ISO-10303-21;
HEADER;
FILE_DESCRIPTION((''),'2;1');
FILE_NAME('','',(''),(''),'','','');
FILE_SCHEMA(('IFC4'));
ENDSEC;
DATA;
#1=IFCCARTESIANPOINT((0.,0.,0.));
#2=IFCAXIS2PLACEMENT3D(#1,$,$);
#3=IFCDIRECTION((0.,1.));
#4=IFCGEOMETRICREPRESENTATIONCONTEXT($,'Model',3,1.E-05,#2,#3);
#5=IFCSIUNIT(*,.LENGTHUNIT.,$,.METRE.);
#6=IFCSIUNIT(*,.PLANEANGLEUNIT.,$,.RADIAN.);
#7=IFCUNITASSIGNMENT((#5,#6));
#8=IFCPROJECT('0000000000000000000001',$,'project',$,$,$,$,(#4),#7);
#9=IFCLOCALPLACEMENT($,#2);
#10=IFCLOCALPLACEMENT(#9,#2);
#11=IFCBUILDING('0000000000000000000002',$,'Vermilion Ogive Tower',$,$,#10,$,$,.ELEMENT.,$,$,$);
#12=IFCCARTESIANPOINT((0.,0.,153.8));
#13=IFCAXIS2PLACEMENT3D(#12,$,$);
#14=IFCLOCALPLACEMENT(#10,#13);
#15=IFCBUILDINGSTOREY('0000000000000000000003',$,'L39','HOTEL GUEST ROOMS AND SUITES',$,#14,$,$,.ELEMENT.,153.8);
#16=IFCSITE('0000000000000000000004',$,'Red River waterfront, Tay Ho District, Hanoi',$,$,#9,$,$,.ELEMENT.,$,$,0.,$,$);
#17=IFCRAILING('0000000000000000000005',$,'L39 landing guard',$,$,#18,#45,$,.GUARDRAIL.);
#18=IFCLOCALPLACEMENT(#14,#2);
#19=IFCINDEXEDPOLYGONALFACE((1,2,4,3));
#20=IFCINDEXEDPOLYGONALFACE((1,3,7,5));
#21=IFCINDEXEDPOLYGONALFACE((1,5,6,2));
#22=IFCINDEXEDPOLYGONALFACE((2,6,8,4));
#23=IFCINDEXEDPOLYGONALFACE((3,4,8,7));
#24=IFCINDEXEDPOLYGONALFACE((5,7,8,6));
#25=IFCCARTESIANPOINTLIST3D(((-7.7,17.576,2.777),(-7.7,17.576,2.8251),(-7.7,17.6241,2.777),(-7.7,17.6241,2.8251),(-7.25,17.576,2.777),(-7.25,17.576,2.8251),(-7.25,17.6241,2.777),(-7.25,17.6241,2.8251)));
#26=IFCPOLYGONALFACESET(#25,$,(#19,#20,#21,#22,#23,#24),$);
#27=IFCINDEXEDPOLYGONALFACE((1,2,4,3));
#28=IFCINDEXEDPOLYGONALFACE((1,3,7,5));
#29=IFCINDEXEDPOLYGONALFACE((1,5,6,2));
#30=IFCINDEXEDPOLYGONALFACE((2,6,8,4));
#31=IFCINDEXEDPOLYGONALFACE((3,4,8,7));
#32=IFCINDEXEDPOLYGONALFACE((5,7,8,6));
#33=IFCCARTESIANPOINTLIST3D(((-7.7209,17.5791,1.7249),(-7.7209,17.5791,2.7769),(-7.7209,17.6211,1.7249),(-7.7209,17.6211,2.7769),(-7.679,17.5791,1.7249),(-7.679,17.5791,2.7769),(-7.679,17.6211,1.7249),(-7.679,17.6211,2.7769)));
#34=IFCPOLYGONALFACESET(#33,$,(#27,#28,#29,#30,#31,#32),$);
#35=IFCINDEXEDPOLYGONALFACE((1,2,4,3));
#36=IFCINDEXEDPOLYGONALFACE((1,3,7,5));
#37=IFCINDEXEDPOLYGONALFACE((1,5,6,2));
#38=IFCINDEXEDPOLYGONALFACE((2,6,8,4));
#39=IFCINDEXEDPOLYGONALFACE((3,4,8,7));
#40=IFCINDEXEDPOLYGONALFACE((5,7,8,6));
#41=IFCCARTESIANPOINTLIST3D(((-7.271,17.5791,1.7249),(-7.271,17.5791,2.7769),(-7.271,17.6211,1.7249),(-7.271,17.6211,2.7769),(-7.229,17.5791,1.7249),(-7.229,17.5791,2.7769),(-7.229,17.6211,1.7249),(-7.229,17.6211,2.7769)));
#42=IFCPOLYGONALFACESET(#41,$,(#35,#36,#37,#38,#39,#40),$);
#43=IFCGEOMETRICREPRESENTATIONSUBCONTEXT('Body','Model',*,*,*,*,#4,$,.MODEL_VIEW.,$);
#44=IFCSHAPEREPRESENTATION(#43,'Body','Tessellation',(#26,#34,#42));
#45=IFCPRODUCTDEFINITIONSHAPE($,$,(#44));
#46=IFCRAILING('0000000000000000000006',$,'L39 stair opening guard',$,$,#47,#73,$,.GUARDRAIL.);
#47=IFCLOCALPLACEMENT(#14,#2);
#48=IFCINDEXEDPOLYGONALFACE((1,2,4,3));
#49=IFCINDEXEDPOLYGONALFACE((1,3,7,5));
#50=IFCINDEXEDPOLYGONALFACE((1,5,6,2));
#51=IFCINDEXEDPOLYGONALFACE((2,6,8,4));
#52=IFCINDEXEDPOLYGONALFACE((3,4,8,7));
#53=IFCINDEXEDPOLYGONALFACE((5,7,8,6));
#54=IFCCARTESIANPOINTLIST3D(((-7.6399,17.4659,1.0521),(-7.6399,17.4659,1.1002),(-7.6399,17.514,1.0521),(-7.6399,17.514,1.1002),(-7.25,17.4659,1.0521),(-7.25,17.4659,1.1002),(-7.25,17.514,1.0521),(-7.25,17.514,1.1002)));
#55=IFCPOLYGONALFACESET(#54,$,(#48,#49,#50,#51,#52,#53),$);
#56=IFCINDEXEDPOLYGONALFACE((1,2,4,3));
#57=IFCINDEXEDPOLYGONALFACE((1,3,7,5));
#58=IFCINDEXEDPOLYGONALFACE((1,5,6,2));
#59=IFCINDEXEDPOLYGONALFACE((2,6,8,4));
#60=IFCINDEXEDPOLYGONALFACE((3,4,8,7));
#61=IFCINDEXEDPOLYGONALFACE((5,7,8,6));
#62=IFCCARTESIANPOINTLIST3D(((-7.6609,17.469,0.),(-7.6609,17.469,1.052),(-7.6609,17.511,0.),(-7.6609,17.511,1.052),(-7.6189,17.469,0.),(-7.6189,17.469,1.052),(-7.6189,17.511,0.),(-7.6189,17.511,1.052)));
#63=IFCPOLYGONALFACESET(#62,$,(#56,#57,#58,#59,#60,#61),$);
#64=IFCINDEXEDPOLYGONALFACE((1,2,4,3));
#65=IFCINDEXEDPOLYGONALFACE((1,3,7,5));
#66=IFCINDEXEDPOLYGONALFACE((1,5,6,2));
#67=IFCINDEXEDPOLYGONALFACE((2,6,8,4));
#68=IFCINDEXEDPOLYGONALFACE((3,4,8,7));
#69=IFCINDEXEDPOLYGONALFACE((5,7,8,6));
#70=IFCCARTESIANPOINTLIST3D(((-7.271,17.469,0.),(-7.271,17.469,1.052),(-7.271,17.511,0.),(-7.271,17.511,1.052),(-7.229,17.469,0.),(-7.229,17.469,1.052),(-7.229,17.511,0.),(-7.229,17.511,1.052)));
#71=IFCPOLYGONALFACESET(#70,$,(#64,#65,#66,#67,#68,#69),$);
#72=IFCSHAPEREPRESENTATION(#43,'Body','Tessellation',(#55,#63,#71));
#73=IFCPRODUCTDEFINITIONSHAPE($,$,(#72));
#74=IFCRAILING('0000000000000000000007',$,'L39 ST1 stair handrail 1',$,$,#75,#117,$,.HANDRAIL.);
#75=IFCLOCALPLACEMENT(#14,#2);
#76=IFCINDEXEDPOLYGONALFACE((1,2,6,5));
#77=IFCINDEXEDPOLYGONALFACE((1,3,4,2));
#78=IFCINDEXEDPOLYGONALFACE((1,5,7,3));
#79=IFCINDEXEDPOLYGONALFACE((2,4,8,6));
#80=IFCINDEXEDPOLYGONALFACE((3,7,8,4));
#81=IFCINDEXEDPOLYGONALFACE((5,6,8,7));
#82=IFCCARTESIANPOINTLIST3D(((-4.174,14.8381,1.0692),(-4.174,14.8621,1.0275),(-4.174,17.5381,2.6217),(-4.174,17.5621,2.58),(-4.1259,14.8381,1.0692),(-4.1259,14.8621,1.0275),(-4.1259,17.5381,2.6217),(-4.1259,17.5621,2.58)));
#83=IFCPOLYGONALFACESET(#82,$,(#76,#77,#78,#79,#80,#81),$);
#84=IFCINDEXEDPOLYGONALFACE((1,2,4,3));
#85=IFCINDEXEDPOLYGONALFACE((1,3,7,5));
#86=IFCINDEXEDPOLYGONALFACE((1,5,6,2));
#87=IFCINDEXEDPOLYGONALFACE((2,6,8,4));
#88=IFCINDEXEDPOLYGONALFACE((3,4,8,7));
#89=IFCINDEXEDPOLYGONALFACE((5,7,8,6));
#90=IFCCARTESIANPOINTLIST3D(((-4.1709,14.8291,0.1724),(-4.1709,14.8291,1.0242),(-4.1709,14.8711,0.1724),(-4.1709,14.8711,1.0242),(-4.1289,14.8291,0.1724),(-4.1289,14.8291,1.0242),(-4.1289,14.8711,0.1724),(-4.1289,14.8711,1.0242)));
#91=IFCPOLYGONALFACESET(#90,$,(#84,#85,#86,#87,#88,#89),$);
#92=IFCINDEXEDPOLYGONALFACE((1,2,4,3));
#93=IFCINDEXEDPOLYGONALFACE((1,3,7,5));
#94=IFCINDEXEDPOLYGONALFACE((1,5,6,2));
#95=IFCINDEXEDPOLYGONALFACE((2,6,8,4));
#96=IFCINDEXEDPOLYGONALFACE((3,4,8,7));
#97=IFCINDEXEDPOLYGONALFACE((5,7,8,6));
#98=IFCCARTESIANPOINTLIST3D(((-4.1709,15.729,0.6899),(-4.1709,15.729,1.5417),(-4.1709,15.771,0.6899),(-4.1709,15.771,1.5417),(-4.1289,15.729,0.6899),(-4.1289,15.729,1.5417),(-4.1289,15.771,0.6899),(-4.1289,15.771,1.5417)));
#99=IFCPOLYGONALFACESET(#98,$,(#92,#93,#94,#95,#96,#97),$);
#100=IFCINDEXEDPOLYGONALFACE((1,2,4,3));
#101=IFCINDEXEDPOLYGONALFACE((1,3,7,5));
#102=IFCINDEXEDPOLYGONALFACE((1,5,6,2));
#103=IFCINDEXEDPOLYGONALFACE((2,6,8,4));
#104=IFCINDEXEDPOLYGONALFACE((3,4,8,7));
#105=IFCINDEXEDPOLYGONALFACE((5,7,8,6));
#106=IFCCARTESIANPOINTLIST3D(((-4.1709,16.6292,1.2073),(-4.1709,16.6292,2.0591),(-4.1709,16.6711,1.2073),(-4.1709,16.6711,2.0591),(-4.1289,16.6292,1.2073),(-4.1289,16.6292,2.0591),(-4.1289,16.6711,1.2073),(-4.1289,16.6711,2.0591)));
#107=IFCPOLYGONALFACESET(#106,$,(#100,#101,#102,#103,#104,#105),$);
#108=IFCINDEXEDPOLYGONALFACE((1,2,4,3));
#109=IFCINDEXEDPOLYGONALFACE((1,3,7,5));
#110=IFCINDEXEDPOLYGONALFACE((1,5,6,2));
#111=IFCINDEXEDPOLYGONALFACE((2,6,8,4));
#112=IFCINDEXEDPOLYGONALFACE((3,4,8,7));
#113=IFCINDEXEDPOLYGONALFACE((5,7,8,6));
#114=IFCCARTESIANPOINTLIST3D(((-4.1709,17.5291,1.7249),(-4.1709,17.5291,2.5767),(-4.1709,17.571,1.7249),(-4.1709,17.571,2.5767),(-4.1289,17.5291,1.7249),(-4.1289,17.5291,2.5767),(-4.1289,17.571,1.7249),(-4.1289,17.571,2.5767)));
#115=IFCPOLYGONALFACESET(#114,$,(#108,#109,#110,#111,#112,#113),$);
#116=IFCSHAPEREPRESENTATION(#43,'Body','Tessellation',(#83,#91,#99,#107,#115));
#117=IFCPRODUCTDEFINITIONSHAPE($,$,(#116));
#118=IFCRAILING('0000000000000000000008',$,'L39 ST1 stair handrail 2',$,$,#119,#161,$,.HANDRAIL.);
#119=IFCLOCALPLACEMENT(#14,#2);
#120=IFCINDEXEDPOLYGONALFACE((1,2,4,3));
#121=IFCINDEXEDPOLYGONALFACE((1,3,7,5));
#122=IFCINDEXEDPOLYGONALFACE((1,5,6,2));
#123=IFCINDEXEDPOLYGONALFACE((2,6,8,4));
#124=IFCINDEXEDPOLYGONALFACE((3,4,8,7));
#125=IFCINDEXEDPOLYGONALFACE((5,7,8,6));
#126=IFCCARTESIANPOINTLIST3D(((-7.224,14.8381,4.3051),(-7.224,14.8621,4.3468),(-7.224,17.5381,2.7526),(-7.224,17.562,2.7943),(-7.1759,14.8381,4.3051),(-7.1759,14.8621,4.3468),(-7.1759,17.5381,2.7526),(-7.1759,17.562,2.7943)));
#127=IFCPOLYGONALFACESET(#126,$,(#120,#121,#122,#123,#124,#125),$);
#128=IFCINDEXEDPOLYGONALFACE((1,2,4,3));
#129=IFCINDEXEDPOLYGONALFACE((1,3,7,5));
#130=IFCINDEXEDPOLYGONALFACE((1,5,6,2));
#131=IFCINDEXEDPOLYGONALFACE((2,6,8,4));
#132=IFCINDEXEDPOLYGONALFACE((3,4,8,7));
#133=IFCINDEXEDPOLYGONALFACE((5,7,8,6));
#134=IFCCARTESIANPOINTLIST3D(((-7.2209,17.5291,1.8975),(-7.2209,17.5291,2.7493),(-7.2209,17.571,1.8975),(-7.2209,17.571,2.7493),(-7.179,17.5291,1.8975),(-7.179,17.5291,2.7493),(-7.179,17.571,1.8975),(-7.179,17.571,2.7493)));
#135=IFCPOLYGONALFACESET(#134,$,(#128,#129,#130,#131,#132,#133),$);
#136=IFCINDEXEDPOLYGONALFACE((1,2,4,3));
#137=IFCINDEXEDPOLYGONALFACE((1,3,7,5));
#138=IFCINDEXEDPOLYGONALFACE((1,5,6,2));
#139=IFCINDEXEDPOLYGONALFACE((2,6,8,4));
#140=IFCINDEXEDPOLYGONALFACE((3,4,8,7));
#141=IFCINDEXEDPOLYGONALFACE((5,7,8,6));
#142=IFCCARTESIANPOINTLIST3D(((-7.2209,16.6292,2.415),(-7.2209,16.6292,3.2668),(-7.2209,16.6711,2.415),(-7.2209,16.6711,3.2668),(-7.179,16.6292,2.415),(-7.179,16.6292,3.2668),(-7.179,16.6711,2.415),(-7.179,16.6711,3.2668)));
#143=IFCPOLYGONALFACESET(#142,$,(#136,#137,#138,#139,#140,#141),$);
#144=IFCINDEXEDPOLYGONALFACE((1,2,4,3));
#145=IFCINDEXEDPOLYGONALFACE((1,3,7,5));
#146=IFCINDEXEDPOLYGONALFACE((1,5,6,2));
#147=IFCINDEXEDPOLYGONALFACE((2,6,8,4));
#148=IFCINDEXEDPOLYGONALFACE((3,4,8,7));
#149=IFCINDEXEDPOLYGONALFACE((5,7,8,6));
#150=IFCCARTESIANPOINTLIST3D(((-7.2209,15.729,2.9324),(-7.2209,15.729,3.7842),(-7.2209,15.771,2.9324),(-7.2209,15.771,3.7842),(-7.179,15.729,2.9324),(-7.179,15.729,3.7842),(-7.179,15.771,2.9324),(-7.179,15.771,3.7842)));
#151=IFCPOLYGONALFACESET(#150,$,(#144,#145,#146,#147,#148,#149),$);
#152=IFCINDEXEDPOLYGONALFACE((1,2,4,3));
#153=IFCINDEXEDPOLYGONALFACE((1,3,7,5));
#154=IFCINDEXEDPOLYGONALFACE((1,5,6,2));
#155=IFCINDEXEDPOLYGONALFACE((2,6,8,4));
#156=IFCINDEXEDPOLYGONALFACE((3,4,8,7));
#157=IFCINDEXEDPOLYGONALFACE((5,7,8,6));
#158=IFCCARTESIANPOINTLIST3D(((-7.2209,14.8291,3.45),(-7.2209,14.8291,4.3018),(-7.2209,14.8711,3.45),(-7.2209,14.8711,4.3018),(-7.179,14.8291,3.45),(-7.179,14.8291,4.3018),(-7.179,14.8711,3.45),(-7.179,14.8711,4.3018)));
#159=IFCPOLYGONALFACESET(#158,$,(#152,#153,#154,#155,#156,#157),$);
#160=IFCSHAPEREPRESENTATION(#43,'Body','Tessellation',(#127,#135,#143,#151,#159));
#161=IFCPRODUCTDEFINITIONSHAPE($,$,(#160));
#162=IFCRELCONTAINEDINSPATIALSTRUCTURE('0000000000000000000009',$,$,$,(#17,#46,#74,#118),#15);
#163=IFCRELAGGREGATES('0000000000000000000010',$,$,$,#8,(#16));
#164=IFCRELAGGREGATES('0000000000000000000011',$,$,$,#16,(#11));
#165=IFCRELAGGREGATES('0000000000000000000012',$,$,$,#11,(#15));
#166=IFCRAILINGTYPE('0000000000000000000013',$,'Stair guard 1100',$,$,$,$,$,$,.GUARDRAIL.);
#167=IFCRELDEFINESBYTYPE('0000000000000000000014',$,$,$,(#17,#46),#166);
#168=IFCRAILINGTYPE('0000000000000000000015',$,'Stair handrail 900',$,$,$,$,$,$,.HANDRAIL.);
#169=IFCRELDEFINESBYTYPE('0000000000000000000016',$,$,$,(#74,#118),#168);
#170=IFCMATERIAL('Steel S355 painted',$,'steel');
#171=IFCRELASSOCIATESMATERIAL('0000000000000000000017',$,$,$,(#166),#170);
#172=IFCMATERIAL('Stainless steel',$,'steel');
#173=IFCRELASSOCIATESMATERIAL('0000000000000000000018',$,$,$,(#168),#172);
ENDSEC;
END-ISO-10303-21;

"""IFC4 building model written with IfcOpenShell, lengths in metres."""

from ifc_helpers import new_model, si_unit, direction, frame, origin, origin_2d, place, context, subcontext, project, spatial, rectangle, extrude, material, type_object, element, save


model = new_model("IFC4")

# Units and contexts
model_context = context("Model", 3, precision=1e-05, world=origin(), true_north=direction((0.0, 1.0)))
body_context = subcontext(model_context, "Body", "Model", "MODEL_VIEW")
ifc_project = project(units=[si_unit("LENGTHUNIT", "METRE"), si_unit("PLANEANGLEUNIT", "RADIAN")], contexts=[model_context])

# Site, building, storey
site_placement = place(None, origin())
site = spatial("IfcSite", under=ifc_project, at=site_placement, Name="Red River waterfront, Tay Ho District, Hanoi", CompositionType="ELEMENT", RefElevation=0.0)
building_placement = place(site_placement, origin())
building = spatial("IfcBuilding", under=site, at=building_placement, Name="Vermilion Ogive Tower", CompositionType="ELEMENT")
storey_placement = place(building_placement, frame((0.0, 0.0, 153.8)))
storey = spatial("IfcBuildingStorey", under=building, at=storey_placement, Name="L39", Description="HOTEL GUEST ROOMS AND SUITES", CompositionType="ELEMENT", Elevation=153.8)

# Railings
ifc_material_1 = material(Name="Steel S355 painted", Category="steel")
railing_type_1 = type_object("IfcRailingType", Name="Stair guard 1100", PredefinedType="GUARDRAIL", material=ifc_material_1)
railing_1_placement = place(storey_placement, frame((-7.7, 17.6001, 1.7249)))
element("IfcRailing", 1, at=railing_1_placement, inside=storey, type_object=railing_type_1, Name="L39 landing guard", PredefinedType="GUARDRAIL", context=body_context, shape_type="SweptSolid", body=[
    extrude(rectangle(XDim=0.0481, YDim=0.0481, at=origin_2d()), frame((0.0, 0.0, 1.0762), z_axis=(1.0, 0.0, 0.0), x_axis=(0.0, 1.0, 0.0)), (0.0, 0.0, 1.0), 0.45),
    extrude(rectangle(XDim=0.042, YDim=0.042, at=origin_2d()), origin(), (0.0, 0.0, 1.0), 1.052),
    extrude(rectangle(XDim=0.042, YDim=0.042, at=origin_2d()), frame((0.45, 0.0, 0.0)), (0.0, 0.0, 1.0), 1.052),
])
railing_2_placement = place(storey_placement, frame((-7.6399, 17.49, 0.0)))
element("IfcRailing", 2, at=railing_2_placement, inside=storey, type_object=railing_type_1, Name="L39 stair opening guard", PredefinedType="GUARDRAIL", context=body_context, shape_type="SweptSolid", body=[
    extrude(rectangle(XDim=0.0481, YDim=0.0481, at=origin_2d()), frame((0.0, 0.0, 1.0762), z_axis=(1.0, 0.0, 0.0), x_axis=(0.0, 1.0, 0.0)), (0.0, 0.0, 1.0), 0.3899),
    extrude(rectangle(XDim=0.042, YDim=0.042, at=origin_2d()), origin(), (0.0, 0.0, 1.0), 1.052),
    extrude(rectangle(XDim=0.042, YDim=0.042, at=origin_2d()), frame((0.3899, 0.0, 0.0)), (0.0, 0.0, 1.0), 1.052),
])
ifc_material_2 = material(Name="Stainless steel", Category="steel")
railing_type_2 = type_object("IfcRailingType", Name="Stair handrail 900", PredefinedType="HANDRAIL", material=ifc_material_2)
railing_3_placement = place(storey_placement, frame((-4.1499, 14.8501, 0.1724)))
element("IfcRailing", 3, at=railing_3_placement, inside=storey, type_object=railing_type_2, Name="L39 ST1 stair handrail 1", PredefinedType="HANDRAIL", context=body_context, shape_type="SweptSolid", body=[
    extrude(rectangle(XDim=0.0481, YDim=0.0481, at=origin_2d()), frame((0.0, 0.0, 0.876), z_axis=(0.0, 0.866904, 0.498476), x_axis=(-1.0, 0.0, 0.0)), (0.0, 0.0, 1.0), 3.1145),
    extrude(rectangle(XDim=0.042, YDim=0.042, at=origin_2d()), origin(), (0.0, 0.0, 1.0), 0.8518),
    extrude(rectangle(XDim=0.042, YDim=0.042, at=origin_2d()), frame((0.0, 0.8999, 0.5176)), (0.0, 0.0, 1.0), 0.8518),
    extrude(rectangle(XDim=0.042, YDim=0.042, at=origin_2d()), frame((0.0, 1.8, 1.0349)), (0.0, 0.0, 1.0), 0.8518),
    extrude(rectangle(XDim=0.042, YDim=0.042, at=origin_2d()), frame((0.0, 2.7, 1.5525)), (0.0, 0.0, 1.0), 0.8518),
])
railing_4_placement = place(storey_placement, frame((-7.2, 17.55, 1.8975)))
element("IfcRailing", 4, at=railing_4_placement, inside=storey, type_object=railing_type_2, Name="L39 ST1 stair handrail 2", PredefinedType="HANDRAIL", context=body_context, shape_type="SweptSolid", body=[
    extrude(rectangle(XDim=0.0481, YDim=0.0481, at=origin_2d()), frame((0.0, 0.0, 0.876), z_axis=(0.0, -0.866904, 0.498476), x_axis=(1.0, 0.0, 0.0)), (0.0, 0.0, 1.0), 3.1145),
    extrude(rectangle(XDim=0.042, YDim=0.042, at=origin_2d()), origin(), (0.0, 0.0, 1.0), 0.8518),
    extrude(rectangle(XDim=0.042, YDim=0.042, at=origin_2d()), frame((0.0, -0.8999, 0.5176)), (0.0, 0.0, 1.0), 0.8518),
    extrude(rectangle(XDim=0.042, YDim=0.042, at=origin_2d()), frame((0.0, -1.8, 1.0349)), (0.0, 0.0, 1.0), 0.8518),
    extrude(rectangle(XDim=0.042, YDim=0.042, at=origin_2d()), frame((0.0, -2.7, 1.5525)), (0.0, 0.0, 1.0), 0.8518),
])

save(model, "model.ifc")
